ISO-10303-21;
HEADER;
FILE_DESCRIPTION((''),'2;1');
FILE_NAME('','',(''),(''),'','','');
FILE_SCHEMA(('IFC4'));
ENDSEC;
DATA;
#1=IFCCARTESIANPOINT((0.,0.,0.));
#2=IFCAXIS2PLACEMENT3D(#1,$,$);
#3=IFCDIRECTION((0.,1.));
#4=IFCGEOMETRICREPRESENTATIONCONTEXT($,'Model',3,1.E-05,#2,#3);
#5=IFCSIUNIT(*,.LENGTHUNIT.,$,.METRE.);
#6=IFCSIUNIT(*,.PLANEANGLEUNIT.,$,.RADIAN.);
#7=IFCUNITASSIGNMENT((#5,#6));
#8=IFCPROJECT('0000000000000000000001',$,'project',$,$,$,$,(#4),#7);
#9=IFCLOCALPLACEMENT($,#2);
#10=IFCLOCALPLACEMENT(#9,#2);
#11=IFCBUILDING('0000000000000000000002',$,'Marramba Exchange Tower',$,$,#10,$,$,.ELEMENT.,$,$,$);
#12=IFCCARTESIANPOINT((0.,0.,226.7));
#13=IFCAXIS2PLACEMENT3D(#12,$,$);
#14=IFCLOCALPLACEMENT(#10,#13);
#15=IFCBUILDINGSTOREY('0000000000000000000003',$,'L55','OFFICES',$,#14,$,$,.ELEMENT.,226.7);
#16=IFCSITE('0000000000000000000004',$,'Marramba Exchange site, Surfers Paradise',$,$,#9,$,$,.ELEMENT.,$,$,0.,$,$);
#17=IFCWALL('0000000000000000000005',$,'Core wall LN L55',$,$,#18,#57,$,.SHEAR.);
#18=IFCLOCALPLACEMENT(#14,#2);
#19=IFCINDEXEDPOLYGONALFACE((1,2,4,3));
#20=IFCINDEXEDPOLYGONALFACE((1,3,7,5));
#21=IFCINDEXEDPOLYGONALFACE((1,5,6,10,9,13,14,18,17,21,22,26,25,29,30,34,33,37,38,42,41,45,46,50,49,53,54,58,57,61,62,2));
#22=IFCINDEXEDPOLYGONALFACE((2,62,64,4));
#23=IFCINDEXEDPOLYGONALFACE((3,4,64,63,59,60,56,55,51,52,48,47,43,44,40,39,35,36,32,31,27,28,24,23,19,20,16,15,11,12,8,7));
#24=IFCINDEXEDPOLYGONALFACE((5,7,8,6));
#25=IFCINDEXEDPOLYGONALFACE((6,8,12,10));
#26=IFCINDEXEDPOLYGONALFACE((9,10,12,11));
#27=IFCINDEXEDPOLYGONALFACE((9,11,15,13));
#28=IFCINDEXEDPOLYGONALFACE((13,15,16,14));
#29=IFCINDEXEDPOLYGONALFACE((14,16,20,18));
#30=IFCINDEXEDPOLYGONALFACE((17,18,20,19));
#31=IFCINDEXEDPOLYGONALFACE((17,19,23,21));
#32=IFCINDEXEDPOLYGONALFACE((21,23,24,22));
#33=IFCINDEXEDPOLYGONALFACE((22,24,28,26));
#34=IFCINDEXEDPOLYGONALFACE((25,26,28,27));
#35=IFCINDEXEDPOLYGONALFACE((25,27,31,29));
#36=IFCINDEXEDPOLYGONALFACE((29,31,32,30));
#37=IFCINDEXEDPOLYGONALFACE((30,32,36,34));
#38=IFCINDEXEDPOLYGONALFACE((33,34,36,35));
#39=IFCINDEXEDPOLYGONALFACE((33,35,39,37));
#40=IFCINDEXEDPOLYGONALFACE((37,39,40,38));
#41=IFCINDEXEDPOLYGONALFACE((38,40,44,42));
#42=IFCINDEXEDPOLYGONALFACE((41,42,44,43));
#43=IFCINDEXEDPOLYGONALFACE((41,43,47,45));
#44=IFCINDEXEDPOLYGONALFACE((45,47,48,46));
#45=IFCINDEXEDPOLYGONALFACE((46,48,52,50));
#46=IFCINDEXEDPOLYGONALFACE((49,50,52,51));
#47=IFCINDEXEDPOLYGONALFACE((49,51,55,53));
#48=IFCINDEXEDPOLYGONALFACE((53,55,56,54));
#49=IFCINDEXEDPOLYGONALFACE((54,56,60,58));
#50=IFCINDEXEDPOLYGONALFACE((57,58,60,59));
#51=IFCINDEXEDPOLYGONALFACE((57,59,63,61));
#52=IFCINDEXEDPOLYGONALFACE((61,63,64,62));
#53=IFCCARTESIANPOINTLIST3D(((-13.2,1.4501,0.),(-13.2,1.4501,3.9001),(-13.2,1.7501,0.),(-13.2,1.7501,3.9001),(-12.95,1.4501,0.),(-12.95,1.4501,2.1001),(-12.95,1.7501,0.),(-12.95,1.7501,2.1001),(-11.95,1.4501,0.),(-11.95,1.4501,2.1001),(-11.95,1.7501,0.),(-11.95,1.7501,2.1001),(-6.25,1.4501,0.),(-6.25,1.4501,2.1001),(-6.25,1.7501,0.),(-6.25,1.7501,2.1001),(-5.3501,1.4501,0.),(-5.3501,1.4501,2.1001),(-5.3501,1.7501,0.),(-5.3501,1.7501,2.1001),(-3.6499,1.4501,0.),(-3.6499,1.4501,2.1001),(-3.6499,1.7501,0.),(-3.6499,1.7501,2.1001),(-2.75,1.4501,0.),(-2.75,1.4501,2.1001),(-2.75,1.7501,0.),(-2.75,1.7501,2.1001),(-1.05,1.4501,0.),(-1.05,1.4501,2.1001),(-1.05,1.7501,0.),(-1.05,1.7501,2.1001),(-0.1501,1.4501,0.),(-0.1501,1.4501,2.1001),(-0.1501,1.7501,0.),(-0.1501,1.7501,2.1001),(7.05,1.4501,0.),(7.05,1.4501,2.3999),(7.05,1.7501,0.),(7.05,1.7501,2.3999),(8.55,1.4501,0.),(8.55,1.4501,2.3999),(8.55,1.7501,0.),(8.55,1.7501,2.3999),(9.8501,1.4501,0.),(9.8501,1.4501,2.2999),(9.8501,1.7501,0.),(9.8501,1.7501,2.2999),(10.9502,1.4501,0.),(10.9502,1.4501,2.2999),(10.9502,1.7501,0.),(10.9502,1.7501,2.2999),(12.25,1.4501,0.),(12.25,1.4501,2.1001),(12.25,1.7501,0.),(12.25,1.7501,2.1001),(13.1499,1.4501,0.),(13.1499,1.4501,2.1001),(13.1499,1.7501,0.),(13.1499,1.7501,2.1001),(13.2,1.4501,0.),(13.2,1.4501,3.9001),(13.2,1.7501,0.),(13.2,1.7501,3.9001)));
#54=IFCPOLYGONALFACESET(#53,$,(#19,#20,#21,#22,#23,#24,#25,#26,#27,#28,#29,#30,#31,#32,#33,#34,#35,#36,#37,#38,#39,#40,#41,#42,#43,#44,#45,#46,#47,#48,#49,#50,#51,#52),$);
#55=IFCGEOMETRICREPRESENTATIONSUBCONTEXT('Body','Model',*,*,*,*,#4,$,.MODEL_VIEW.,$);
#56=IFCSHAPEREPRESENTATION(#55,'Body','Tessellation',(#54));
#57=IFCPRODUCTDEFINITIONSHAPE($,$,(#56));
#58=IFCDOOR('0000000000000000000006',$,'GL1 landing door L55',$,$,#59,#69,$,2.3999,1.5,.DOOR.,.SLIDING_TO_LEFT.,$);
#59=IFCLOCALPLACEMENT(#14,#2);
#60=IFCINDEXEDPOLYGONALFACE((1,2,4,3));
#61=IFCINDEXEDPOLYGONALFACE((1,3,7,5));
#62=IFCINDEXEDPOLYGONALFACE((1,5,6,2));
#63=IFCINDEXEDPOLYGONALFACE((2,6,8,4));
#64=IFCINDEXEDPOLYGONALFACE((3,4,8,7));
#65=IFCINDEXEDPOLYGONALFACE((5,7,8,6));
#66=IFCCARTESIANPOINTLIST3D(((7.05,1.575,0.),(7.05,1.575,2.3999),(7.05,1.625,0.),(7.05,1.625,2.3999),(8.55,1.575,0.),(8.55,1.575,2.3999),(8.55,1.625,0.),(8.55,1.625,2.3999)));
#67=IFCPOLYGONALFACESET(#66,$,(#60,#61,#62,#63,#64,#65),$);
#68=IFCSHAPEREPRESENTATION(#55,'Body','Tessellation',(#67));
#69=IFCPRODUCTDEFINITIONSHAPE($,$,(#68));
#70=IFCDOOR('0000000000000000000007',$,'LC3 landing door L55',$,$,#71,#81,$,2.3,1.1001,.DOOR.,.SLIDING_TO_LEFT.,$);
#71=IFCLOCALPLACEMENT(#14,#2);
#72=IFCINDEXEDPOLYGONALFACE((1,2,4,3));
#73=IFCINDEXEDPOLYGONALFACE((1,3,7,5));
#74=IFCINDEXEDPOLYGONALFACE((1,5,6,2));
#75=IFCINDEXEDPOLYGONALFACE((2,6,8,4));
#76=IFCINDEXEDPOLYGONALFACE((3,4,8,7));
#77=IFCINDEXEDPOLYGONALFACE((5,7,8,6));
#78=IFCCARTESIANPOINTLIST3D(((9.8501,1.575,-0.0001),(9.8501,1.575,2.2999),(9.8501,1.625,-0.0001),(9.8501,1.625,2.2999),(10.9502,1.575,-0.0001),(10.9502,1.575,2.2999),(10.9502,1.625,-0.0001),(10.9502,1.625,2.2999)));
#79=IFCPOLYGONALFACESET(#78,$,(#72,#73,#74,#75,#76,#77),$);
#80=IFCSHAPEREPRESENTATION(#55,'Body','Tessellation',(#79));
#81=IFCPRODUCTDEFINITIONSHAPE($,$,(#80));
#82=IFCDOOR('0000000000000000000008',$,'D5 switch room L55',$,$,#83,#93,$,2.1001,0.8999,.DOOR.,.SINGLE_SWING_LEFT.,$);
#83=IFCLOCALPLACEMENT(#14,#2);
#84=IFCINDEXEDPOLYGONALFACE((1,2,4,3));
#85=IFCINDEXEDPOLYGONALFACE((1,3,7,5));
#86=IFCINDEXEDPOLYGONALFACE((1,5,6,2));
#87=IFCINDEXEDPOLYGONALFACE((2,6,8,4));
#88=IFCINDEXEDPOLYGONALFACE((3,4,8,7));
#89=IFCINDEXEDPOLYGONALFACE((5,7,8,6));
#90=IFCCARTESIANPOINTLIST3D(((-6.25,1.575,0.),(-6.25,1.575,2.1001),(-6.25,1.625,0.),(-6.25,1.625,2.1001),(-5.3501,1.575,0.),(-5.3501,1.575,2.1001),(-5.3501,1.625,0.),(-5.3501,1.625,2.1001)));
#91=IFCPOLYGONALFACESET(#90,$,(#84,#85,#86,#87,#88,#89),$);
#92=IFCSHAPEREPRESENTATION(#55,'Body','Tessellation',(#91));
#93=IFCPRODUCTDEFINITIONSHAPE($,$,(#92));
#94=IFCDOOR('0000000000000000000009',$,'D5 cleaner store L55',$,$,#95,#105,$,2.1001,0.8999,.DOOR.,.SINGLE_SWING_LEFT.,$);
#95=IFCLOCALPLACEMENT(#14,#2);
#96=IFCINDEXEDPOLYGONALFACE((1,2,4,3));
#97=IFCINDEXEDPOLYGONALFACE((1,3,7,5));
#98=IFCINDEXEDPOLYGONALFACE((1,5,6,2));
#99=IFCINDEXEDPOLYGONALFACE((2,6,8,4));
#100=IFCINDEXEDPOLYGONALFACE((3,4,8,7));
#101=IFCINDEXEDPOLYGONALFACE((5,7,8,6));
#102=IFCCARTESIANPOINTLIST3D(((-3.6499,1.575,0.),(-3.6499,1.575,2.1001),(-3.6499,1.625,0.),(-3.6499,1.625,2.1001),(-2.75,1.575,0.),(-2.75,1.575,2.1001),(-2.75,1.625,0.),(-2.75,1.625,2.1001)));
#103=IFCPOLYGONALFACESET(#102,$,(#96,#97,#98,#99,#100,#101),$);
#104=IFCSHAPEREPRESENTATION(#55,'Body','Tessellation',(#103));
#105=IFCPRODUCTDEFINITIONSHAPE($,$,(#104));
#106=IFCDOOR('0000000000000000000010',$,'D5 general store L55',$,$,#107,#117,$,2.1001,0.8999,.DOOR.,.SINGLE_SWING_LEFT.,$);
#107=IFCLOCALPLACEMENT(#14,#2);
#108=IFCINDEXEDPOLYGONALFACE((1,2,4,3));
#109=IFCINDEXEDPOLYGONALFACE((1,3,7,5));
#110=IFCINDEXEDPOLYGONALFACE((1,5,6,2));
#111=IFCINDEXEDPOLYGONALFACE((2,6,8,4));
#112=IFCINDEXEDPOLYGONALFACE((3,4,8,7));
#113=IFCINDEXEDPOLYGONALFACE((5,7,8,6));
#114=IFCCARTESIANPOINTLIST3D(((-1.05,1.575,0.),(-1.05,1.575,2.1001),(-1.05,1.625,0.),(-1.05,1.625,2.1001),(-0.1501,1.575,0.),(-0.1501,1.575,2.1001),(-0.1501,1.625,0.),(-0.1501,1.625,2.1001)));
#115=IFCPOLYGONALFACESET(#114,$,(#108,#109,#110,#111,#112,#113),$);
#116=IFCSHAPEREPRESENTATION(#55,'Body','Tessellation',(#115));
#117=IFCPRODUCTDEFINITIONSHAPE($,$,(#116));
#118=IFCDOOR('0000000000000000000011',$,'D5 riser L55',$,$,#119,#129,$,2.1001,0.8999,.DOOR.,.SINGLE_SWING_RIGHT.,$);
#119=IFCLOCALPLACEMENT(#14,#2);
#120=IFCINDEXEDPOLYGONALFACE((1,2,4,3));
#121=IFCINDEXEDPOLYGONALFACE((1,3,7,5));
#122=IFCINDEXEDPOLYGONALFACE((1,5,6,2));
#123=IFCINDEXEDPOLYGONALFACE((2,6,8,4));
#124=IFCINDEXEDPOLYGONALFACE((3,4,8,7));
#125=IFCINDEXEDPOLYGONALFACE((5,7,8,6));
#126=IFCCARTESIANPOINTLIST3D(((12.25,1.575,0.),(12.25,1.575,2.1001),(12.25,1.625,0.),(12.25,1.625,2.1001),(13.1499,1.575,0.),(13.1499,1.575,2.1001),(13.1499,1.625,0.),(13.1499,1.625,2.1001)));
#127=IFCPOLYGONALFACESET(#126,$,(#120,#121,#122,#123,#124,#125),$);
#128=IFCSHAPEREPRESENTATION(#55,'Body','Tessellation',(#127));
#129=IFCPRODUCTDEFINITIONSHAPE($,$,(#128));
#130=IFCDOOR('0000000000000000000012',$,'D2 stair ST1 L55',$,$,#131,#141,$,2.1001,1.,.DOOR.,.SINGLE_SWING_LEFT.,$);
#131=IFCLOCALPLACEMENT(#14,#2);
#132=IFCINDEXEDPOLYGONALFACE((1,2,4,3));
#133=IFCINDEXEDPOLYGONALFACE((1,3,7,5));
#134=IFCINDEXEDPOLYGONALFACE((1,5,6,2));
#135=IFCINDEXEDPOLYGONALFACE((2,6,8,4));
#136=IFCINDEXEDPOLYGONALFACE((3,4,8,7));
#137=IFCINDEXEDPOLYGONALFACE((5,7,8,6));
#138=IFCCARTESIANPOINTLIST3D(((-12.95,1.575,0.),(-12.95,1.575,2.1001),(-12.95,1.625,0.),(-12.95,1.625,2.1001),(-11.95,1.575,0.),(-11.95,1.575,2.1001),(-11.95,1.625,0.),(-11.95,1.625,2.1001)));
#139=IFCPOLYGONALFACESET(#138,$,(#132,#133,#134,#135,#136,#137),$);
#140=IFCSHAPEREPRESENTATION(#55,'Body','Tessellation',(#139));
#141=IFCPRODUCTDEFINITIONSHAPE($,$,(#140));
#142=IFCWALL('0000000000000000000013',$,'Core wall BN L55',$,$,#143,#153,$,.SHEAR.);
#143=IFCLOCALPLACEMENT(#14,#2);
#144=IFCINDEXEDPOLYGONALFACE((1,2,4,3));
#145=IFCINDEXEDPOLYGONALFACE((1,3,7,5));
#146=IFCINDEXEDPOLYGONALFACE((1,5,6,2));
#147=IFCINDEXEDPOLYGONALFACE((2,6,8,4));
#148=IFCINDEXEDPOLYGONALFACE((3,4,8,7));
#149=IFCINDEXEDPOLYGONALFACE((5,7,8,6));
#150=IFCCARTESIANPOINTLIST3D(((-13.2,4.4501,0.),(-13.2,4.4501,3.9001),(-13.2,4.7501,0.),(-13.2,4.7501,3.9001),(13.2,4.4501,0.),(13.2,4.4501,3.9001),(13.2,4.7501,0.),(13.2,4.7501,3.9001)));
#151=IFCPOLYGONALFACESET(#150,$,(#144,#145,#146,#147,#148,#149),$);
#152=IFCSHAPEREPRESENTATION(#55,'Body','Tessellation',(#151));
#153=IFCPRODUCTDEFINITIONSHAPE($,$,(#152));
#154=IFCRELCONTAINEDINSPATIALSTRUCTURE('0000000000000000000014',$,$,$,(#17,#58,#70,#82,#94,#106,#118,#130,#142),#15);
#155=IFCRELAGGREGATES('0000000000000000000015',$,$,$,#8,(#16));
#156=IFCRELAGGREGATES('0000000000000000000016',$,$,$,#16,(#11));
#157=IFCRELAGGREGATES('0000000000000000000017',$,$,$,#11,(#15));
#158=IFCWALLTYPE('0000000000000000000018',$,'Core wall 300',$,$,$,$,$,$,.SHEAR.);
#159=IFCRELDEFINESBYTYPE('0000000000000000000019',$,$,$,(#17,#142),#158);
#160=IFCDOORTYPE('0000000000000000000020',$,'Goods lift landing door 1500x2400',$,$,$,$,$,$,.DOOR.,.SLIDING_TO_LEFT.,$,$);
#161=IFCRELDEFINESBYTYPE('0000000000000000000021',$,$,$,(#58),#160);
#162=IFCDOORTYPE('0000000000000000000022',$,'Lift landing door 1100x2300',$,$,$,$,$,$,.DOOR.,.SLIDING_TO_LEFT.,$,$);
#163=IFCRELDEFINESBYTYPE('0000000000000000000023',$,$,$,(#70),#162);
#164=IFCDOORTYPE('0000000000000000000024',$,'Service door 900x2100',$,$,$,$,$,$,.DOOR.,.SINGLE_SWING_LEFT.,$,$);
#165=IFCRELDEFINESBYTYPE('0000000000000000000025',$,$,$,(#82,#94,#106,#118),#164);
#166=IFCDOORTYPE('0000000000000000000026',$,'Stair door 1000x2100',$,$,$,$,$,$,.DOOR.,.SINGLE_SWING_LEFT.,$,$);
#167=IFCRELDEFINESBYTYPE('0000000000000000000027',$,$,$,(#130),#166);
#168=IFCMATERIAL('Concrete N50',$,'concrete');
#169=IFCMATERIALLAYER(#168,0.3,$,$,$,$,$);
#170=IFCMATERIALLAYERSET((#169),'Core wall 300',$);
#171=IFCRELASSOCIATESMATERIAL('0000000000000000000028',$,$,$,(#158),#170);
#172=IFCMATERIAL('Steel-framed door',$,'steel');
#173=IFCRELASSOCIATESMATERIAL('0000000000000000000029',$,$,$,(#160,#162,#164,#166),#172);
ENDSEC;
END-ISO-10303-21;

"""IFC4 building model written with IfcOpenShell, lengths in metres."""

from ifc_helpers import new_model, si_unit, direction, frame, frame_2d, origin, place, context, subcontext, project, spatial, rectangle, extrude, material, layer, layer_set, type_object, element, fill, save


model = new_model("IFC4")

# Units and contexts
model_context = context("Model", 3, precision=1e-05, world=origin(), true_north=direction((0.0, 1.0)))
body_context = subcontext(model_context, "Body", "Model", "MODEL_VIEW")
ifc_project = project(units=[si_unit("LENGTHUNIT", "METRE"), si_unit("PLANEANGLEUNIT", "RADIAN")], contexts=[model_context])

# Site, building, storey
site_placement = place(None, origin())
site = spatial("IfcSite", under=ifc_project, at=site_placement, Name="Marramba Exchange site, Surfers Paradise", CompositionType="ELEMENT", RefElevation=0.0)
building_placement = place(site_placement, origin())
building = spatial("IfcBuilding", under=site, at=building_placement, Name="Marramba Exchange Tower", CompositionType="ELEMENT")
storey_placement = place(building_placement, frame((0.0, 0.0, 226.7)))
storey = spatial("IfcBuildingStorey", under=building, at=storey_placement, Name="L55", Description="OFFICES", CompositionType="ELEMENT", Elevation=226.7)

# Shared definitions
ifc_material_1 = material(Name="Concrete N50", Category="concrete")

# Shared definitions
ifc_material_2 = material(Name="Steel-framed door", Category="steel")

# Wall, openings, doors
ifc_layer_1 = layer(ifc_material_1, 0.3)
ifc_layer_set_1 = layer_set([ifc_layer_1], Name="Core wall 300")
wall_type_1 = type_object("IfcWallType", Name="Core wall 300", PredefinedType="SHEAR", material=ifc_layer_set_1)
wall_1_placement = place(storey_placement, frame((-13.2, 1.6001, 0.0), z_axis=(0.0, 0.0, 1.0), x_axis=(1.0, 0.0, 0.0)))
wall_1 = element("IfcWall", 1, at=wall_1_placement, inside=storey, type_object=wall_type_1, Name="Core wall LN L55", PredefinedType="SHEAR", context=body_context, shape_type="SweptSolid", body=[
    extrude(rectangle(XDim=26.3999, YDim=0.3, at=frame_2d((13.2, 0.0))), origin(), (0.0, 0.0, 1.0), 3.9001),
])
opening_1_placement = place(wall_1_placement, frame((0.25, 0.0, 0.0)))
opening_1 = element("IfcOpeningElement", 2, at=opening_1_placement, cuts=wall_1, PredefinedType="OPENING", context=body_context, shape_type="SweptSolid", body=[
    extrude(rectangle(XDim=1.0, YDim=2.1001, at=frame_2d((0.5, 1.05))), frame((0.0, 0.1599, 0.0), z_axis=(0.0, -1.0, 0.0), x_axis=(1.0, 0.0, 0.0)), (0.0, 0.0, 1.0), 0.3201),
])
opening_2_placement = place(wall_1_placement, frame((23.05, 0.0, 0.0)))
opening_2 = element("IfcOpeningElement", 3, at=opening_2_placement, cuts=wall_1, PredefinedType="OPENING", context=body_context, shape_type="SweptSolid", body=[
    extrude(rectangle(XDim=1.1001, YDim=2.3, at=frame_2d((0.55, 1.1499))), frame((0.0, 0.1599, 0.0), z_axis=(0.0, -1.0, 0.0), x_axis=(1.0, 0.0, 0.0)), (0.0, 0.0, 1.0), 0.3201),
])
opening_3_placement = place(wall_1_placement, frame((20.25, 0.0, 0.0)))
opening_3 = element("IfcOpeningElement", 4, at=opening_3_placement, cuts=wall_1, PredefinedType="OPENING", context=body_context, shape_type="SweptSolid", body=[
    extrude(rectangle(XDim=1.5, YDim=2.3999, at=frame_2d((0.75, 1.2))), frame((0.0, 0.1599, 0.0), z_axis=(0.0, -1.0, 0.0), x_axis=(1.0, 0.0, 0.0)), (0.0, 0.0, 1.0), 0.3201),
])
opening_4_placement = place(wall_1_placement, frame((6.95, 0.0, 0.0)))
opening_4 = element("IfcOpeningElement", 5, at=opening_4_placement, cuts=wall_1, PredefinedType="OPENING", context=body_context, shape_type="SweptSolid", body=[
    extrude(rectangle(XDim=0.8999, YDim=2.1001, at=frame_2d((0.45, 1.05))), frame((0.0, 0.1599, 0.0), z_axis=(0.0, -1.0, 0.0), x_axis=(1.0, 0.0, 0.0)), (0.0, 0.0, 1.0), 0.3201),
])
opening_5_placement = place(wall_1_placement, frame((9.55, 0.0, 0.0)))
opening_5 = element("IfcOpeningElement", 6, at=opening_5_placement, cuts=wall_1, PredefinedType="OPENING", context=body_context, shape_type="SweptSolid", body=[
    extrude(rectangle(XDim=0.8999, YDim=2.1001, at=frame_2d((0.45, 1.05))), frame((0.0, 0.1599, 0.0), z_axis=(0.0, -1.0, 0.0), x_axis=(1.0, 0.0, 0.0)), (0.0, 0.0, 1.0), 0.3201),
])
opening_6_placement = place(wall_1_placement, frame((12.1499, 0.0, 0.0)))
opening_6 = element("IfcOpeningElement", 7, at=opening_6_placement, cuts=wall_1, PredefinedType="OPENING", context=body_context, shape_type="SweptSolid", body=[
    extrude(rectangle(XDim=0.8999, YDim=2.1001, at=frame_2d((0.45, 1.05))), frame((0.0, 0.1599, 0.0), z_axis=(0.0, -1.0, 0.0), x_axis=(1.0, 0.0, 0.0)), (0.0, 0.0, 1.0), 0.3201),
])
opening_7_placement = place(wall_1_placement, frame((25.45, 0.0, 0.0)))
opening_7 = element("IfcOpeningElement", 8, at=opening_7_placement, cuts=wall_1, PredefinedType="OPENING", context=body_context, shape_type="SweptSolid", body=[
    extrude(rectangle(XDim=0.8999, YDim=2.1001, at=frame_2d((0.45, 1.05))), frame((0.0, 0.1599, 0.0), z_axis=(0.0, -1.0, 0.0), x_axis=(1.0, 0.0, 0.0)), (0.0, 0.0, 1.0), 0.3201),
])
door_type_1 = type_object("IfcDoorType", Name="Goods lift landing door 1500x2400", OperationType="SLIDING_TO_LEFT", PredefinedType="DOOR", material=ifc_material_2)
door_1_placement = place(opening_3_placement, origin())
door_1 = element("IfcDoor", 9, at=door_1_placement, inside=storey, type_object=door_type_1, Name="GL1 landing door L55", OperationType="SLIDING_TO_LEFT", OverallHeight=2.3999, OverallWidth=1.5, PredefinedType="DOOR", context=body_context, shape_type="SweptSolid", body=[
    extrude(rectangle(XDim=1.5, YDim=2.3999, at=frame_2d((0.75, 1.2))), frame((0.0, 0.0249, 0.0), z_axis=(0.0, -1.0, 0.0), x_axis=(1.0, 0.0, 0.0)), (0.0, 0.0, 1.0), 0.05),
])
fill(opening_3, door_1)
door_type_2 = type_object("IfcDoorType", Name="Lift landing door 1100x2300", OperationType="SLIDING_TO_LEFT", PredefinedType="DOOR", material=ifc_material_2)
door_2_placement = place(opening_2_placement, origin())
door_2 = element("IfcDoor", 10, at=door_2_placement, inside=storey, type_object=door_type_2, Name="LC3 landing door L55", OperationType="SLIDING_TO_LEFT", OverallHeight=2.3, OverallWidth=1.1001, PredefinedType="DOOR", context=body_context, shape_type="SweptSolid", body=[
    extrude(rectangle(XDim=1.1001, YDim=2.3, at=frame_2d((0.55, 1.1499))), frame((0.0, 0.0249, 0.0), z_axis=(0.0, -1.0, 0.0), x_axis=(1.0, 0.0, 0.0)), (0.0, 0.0, 1.0), 0.05),
])
fill(opening_2, door_2)
door_type_3 = type_object("IfcDoorType", Name="Service door 900x2100", OperationType="SINGLE_SWING_LEFT", PredefinedType="DOOR", material=ifc_material_2)
door_3_placement = place(opening_4_placement, origin())
door_3 = element("IfcDoor", 11, at=door_3_placement, inside=storey, type_object=door_type_3, Name="D5 switch room L55", OperationType="SINGLE_SWING_LEFT", OverallHeight=2.1001, OverallWidth=0.8999, PredefinedType="DOOR", context=body_context, shape_type="SweptSolid", body=[
    extrude(rectangle(XDim=0.8999, YDim=2.1001, at=frame_2d((0.45, 1.05))), frame((0.0, 0.0249, 0.0), z_axis=(0.0, -1.0, 0.0), x_axis=(1.0, 0.0, 0.0)), (0.0, 0.0, 1.0), 0.05),
])
fill(opening_4, door_3)
door_4_placement = place(opening_5_placement, origin())
door_4 = element("IfcDoor", 12, at=door_4_placement, inside=storey, type_object=door_type_3, Name="D5 cleaner store L55", OperationType="SINGLE_SWING_LEFT", OverallHeight=2.1001, OverallWidth=0.8999, PredefinedType="DOOR", context=body_context, shape_type="SweptSolid", body=[
    extrude(rectangle(XDim=0.8999, YDim=2.1001, at=frame_2d((0.45, 1.05))), frame((0.0, 0.0249, 0.0), z_axis=(0.0, -1.0, 0.0), x_axis=(1.0, 0.0, 0.0)), (0.0, 0.0, 1.0), 0.05),
])
fill(opening_5, door_4)
door_5_placement = place(opening_6_placement, origin())
door_5 = element("IfcDoor", 13, at=door_5_placement, inside=storey, type_object=door_type_3, Name="D5 general store L55", OperationType="SINGLE_SWING_LEFT", OverallHeight=2.1001, OverallWidth=0.8999, PredefinedType="DOOR", context=body_context, shape_type="SweptSolid", body=[
    extrude(rectangle(XDim=0.8999, YDim=2.1001, at=frame_2d((0.45, 1.05))), frame((0.0, 0.0249, 0.0), z_axis=(0.0, -1.0, 0.0), x_axis=(1.0, 0.0, 0.0)), (0.0, 0.0, 1.0), 0.05),
])
fill(opening_6, door_5)
door_6_placement = place(opening_7_placement, origin())
door_6 = element("IfcDoor", 14, at=door_6_placement, inside=storey, type_object=door_type_3, Name="D5 riser L55", OperationType="SINGLE_SWING_RIGHT", OverallHeight=2.1001, OverallWidth=0.8999, PredefinedType="DOOR", context=body_context, shape_type="SweptSolid", body=[
    extrude(rectangle(XDim=0.8999, YDim=2.1001, at=frame_2d((0.45, 1.05))), frame((0.0, 0.0249, 0.0), z_axis=(0.0, -1.0, 0.0), x_axis=(1.0, 0.0, 0.0)), (0.0, 0.0, 1.0), 0.05),
])
fill(opening_7, door_6)
door_type_4 = type_object("IfcDoorType", Name="Stair door 1000x2100", OperationType="SINGLE_SWING_LEFT", PredefinedType="DOOR", material=ifc_material_2)
door_7_placement = place(opening_1_placement, origin())
door_7 = element("IfcDoor", 15, at=door_7_placement, inside=storey, type_object=door_type_4, Name="D2 stair ST1 L55", OperationType="SINGLE_SWING_LEFT", OverallHeight=2.1001, OverallWidth=1.0, PredefinedType="DOOR", context=body_context, shape_type="SweptSolid", body=[
    extrude(rectangle(XDim=1.0, YDim=2.1001, at=frame_2d((0.5, 1.05))), frame((0.0, 0.0249, 0.0), z_axis=(0.0, -1.0, 0.0), x_axis=(1.0, 0.0, 0.0)), (0.0, 0.0, 1.0), 0.05),
])
fill(opening_1, door_7)

# Wall
wall_2_placement = place(storey_placement, frame((-13.2, 4.6001, 0.0), z_axis=(0.0, 0.0, 1.0), x_axis=(1.0, 0.0, 0.0)))
element("IfcWall", 16, at=wall_2_placement, inside=storey, type_object=wall_type_1, Name="Core wall BN L55", PredefinedType="SHEAR", context=body_context, shape_type="SweptSolid", body=[
    extrude(rectangle(XDim=26.3999, YDim=0.3, at=frame_2d((13.2, 0.0))), origin(), (0.0, 0.0, 1.0), 3.9001),
])

save(model, "model.ifc")
